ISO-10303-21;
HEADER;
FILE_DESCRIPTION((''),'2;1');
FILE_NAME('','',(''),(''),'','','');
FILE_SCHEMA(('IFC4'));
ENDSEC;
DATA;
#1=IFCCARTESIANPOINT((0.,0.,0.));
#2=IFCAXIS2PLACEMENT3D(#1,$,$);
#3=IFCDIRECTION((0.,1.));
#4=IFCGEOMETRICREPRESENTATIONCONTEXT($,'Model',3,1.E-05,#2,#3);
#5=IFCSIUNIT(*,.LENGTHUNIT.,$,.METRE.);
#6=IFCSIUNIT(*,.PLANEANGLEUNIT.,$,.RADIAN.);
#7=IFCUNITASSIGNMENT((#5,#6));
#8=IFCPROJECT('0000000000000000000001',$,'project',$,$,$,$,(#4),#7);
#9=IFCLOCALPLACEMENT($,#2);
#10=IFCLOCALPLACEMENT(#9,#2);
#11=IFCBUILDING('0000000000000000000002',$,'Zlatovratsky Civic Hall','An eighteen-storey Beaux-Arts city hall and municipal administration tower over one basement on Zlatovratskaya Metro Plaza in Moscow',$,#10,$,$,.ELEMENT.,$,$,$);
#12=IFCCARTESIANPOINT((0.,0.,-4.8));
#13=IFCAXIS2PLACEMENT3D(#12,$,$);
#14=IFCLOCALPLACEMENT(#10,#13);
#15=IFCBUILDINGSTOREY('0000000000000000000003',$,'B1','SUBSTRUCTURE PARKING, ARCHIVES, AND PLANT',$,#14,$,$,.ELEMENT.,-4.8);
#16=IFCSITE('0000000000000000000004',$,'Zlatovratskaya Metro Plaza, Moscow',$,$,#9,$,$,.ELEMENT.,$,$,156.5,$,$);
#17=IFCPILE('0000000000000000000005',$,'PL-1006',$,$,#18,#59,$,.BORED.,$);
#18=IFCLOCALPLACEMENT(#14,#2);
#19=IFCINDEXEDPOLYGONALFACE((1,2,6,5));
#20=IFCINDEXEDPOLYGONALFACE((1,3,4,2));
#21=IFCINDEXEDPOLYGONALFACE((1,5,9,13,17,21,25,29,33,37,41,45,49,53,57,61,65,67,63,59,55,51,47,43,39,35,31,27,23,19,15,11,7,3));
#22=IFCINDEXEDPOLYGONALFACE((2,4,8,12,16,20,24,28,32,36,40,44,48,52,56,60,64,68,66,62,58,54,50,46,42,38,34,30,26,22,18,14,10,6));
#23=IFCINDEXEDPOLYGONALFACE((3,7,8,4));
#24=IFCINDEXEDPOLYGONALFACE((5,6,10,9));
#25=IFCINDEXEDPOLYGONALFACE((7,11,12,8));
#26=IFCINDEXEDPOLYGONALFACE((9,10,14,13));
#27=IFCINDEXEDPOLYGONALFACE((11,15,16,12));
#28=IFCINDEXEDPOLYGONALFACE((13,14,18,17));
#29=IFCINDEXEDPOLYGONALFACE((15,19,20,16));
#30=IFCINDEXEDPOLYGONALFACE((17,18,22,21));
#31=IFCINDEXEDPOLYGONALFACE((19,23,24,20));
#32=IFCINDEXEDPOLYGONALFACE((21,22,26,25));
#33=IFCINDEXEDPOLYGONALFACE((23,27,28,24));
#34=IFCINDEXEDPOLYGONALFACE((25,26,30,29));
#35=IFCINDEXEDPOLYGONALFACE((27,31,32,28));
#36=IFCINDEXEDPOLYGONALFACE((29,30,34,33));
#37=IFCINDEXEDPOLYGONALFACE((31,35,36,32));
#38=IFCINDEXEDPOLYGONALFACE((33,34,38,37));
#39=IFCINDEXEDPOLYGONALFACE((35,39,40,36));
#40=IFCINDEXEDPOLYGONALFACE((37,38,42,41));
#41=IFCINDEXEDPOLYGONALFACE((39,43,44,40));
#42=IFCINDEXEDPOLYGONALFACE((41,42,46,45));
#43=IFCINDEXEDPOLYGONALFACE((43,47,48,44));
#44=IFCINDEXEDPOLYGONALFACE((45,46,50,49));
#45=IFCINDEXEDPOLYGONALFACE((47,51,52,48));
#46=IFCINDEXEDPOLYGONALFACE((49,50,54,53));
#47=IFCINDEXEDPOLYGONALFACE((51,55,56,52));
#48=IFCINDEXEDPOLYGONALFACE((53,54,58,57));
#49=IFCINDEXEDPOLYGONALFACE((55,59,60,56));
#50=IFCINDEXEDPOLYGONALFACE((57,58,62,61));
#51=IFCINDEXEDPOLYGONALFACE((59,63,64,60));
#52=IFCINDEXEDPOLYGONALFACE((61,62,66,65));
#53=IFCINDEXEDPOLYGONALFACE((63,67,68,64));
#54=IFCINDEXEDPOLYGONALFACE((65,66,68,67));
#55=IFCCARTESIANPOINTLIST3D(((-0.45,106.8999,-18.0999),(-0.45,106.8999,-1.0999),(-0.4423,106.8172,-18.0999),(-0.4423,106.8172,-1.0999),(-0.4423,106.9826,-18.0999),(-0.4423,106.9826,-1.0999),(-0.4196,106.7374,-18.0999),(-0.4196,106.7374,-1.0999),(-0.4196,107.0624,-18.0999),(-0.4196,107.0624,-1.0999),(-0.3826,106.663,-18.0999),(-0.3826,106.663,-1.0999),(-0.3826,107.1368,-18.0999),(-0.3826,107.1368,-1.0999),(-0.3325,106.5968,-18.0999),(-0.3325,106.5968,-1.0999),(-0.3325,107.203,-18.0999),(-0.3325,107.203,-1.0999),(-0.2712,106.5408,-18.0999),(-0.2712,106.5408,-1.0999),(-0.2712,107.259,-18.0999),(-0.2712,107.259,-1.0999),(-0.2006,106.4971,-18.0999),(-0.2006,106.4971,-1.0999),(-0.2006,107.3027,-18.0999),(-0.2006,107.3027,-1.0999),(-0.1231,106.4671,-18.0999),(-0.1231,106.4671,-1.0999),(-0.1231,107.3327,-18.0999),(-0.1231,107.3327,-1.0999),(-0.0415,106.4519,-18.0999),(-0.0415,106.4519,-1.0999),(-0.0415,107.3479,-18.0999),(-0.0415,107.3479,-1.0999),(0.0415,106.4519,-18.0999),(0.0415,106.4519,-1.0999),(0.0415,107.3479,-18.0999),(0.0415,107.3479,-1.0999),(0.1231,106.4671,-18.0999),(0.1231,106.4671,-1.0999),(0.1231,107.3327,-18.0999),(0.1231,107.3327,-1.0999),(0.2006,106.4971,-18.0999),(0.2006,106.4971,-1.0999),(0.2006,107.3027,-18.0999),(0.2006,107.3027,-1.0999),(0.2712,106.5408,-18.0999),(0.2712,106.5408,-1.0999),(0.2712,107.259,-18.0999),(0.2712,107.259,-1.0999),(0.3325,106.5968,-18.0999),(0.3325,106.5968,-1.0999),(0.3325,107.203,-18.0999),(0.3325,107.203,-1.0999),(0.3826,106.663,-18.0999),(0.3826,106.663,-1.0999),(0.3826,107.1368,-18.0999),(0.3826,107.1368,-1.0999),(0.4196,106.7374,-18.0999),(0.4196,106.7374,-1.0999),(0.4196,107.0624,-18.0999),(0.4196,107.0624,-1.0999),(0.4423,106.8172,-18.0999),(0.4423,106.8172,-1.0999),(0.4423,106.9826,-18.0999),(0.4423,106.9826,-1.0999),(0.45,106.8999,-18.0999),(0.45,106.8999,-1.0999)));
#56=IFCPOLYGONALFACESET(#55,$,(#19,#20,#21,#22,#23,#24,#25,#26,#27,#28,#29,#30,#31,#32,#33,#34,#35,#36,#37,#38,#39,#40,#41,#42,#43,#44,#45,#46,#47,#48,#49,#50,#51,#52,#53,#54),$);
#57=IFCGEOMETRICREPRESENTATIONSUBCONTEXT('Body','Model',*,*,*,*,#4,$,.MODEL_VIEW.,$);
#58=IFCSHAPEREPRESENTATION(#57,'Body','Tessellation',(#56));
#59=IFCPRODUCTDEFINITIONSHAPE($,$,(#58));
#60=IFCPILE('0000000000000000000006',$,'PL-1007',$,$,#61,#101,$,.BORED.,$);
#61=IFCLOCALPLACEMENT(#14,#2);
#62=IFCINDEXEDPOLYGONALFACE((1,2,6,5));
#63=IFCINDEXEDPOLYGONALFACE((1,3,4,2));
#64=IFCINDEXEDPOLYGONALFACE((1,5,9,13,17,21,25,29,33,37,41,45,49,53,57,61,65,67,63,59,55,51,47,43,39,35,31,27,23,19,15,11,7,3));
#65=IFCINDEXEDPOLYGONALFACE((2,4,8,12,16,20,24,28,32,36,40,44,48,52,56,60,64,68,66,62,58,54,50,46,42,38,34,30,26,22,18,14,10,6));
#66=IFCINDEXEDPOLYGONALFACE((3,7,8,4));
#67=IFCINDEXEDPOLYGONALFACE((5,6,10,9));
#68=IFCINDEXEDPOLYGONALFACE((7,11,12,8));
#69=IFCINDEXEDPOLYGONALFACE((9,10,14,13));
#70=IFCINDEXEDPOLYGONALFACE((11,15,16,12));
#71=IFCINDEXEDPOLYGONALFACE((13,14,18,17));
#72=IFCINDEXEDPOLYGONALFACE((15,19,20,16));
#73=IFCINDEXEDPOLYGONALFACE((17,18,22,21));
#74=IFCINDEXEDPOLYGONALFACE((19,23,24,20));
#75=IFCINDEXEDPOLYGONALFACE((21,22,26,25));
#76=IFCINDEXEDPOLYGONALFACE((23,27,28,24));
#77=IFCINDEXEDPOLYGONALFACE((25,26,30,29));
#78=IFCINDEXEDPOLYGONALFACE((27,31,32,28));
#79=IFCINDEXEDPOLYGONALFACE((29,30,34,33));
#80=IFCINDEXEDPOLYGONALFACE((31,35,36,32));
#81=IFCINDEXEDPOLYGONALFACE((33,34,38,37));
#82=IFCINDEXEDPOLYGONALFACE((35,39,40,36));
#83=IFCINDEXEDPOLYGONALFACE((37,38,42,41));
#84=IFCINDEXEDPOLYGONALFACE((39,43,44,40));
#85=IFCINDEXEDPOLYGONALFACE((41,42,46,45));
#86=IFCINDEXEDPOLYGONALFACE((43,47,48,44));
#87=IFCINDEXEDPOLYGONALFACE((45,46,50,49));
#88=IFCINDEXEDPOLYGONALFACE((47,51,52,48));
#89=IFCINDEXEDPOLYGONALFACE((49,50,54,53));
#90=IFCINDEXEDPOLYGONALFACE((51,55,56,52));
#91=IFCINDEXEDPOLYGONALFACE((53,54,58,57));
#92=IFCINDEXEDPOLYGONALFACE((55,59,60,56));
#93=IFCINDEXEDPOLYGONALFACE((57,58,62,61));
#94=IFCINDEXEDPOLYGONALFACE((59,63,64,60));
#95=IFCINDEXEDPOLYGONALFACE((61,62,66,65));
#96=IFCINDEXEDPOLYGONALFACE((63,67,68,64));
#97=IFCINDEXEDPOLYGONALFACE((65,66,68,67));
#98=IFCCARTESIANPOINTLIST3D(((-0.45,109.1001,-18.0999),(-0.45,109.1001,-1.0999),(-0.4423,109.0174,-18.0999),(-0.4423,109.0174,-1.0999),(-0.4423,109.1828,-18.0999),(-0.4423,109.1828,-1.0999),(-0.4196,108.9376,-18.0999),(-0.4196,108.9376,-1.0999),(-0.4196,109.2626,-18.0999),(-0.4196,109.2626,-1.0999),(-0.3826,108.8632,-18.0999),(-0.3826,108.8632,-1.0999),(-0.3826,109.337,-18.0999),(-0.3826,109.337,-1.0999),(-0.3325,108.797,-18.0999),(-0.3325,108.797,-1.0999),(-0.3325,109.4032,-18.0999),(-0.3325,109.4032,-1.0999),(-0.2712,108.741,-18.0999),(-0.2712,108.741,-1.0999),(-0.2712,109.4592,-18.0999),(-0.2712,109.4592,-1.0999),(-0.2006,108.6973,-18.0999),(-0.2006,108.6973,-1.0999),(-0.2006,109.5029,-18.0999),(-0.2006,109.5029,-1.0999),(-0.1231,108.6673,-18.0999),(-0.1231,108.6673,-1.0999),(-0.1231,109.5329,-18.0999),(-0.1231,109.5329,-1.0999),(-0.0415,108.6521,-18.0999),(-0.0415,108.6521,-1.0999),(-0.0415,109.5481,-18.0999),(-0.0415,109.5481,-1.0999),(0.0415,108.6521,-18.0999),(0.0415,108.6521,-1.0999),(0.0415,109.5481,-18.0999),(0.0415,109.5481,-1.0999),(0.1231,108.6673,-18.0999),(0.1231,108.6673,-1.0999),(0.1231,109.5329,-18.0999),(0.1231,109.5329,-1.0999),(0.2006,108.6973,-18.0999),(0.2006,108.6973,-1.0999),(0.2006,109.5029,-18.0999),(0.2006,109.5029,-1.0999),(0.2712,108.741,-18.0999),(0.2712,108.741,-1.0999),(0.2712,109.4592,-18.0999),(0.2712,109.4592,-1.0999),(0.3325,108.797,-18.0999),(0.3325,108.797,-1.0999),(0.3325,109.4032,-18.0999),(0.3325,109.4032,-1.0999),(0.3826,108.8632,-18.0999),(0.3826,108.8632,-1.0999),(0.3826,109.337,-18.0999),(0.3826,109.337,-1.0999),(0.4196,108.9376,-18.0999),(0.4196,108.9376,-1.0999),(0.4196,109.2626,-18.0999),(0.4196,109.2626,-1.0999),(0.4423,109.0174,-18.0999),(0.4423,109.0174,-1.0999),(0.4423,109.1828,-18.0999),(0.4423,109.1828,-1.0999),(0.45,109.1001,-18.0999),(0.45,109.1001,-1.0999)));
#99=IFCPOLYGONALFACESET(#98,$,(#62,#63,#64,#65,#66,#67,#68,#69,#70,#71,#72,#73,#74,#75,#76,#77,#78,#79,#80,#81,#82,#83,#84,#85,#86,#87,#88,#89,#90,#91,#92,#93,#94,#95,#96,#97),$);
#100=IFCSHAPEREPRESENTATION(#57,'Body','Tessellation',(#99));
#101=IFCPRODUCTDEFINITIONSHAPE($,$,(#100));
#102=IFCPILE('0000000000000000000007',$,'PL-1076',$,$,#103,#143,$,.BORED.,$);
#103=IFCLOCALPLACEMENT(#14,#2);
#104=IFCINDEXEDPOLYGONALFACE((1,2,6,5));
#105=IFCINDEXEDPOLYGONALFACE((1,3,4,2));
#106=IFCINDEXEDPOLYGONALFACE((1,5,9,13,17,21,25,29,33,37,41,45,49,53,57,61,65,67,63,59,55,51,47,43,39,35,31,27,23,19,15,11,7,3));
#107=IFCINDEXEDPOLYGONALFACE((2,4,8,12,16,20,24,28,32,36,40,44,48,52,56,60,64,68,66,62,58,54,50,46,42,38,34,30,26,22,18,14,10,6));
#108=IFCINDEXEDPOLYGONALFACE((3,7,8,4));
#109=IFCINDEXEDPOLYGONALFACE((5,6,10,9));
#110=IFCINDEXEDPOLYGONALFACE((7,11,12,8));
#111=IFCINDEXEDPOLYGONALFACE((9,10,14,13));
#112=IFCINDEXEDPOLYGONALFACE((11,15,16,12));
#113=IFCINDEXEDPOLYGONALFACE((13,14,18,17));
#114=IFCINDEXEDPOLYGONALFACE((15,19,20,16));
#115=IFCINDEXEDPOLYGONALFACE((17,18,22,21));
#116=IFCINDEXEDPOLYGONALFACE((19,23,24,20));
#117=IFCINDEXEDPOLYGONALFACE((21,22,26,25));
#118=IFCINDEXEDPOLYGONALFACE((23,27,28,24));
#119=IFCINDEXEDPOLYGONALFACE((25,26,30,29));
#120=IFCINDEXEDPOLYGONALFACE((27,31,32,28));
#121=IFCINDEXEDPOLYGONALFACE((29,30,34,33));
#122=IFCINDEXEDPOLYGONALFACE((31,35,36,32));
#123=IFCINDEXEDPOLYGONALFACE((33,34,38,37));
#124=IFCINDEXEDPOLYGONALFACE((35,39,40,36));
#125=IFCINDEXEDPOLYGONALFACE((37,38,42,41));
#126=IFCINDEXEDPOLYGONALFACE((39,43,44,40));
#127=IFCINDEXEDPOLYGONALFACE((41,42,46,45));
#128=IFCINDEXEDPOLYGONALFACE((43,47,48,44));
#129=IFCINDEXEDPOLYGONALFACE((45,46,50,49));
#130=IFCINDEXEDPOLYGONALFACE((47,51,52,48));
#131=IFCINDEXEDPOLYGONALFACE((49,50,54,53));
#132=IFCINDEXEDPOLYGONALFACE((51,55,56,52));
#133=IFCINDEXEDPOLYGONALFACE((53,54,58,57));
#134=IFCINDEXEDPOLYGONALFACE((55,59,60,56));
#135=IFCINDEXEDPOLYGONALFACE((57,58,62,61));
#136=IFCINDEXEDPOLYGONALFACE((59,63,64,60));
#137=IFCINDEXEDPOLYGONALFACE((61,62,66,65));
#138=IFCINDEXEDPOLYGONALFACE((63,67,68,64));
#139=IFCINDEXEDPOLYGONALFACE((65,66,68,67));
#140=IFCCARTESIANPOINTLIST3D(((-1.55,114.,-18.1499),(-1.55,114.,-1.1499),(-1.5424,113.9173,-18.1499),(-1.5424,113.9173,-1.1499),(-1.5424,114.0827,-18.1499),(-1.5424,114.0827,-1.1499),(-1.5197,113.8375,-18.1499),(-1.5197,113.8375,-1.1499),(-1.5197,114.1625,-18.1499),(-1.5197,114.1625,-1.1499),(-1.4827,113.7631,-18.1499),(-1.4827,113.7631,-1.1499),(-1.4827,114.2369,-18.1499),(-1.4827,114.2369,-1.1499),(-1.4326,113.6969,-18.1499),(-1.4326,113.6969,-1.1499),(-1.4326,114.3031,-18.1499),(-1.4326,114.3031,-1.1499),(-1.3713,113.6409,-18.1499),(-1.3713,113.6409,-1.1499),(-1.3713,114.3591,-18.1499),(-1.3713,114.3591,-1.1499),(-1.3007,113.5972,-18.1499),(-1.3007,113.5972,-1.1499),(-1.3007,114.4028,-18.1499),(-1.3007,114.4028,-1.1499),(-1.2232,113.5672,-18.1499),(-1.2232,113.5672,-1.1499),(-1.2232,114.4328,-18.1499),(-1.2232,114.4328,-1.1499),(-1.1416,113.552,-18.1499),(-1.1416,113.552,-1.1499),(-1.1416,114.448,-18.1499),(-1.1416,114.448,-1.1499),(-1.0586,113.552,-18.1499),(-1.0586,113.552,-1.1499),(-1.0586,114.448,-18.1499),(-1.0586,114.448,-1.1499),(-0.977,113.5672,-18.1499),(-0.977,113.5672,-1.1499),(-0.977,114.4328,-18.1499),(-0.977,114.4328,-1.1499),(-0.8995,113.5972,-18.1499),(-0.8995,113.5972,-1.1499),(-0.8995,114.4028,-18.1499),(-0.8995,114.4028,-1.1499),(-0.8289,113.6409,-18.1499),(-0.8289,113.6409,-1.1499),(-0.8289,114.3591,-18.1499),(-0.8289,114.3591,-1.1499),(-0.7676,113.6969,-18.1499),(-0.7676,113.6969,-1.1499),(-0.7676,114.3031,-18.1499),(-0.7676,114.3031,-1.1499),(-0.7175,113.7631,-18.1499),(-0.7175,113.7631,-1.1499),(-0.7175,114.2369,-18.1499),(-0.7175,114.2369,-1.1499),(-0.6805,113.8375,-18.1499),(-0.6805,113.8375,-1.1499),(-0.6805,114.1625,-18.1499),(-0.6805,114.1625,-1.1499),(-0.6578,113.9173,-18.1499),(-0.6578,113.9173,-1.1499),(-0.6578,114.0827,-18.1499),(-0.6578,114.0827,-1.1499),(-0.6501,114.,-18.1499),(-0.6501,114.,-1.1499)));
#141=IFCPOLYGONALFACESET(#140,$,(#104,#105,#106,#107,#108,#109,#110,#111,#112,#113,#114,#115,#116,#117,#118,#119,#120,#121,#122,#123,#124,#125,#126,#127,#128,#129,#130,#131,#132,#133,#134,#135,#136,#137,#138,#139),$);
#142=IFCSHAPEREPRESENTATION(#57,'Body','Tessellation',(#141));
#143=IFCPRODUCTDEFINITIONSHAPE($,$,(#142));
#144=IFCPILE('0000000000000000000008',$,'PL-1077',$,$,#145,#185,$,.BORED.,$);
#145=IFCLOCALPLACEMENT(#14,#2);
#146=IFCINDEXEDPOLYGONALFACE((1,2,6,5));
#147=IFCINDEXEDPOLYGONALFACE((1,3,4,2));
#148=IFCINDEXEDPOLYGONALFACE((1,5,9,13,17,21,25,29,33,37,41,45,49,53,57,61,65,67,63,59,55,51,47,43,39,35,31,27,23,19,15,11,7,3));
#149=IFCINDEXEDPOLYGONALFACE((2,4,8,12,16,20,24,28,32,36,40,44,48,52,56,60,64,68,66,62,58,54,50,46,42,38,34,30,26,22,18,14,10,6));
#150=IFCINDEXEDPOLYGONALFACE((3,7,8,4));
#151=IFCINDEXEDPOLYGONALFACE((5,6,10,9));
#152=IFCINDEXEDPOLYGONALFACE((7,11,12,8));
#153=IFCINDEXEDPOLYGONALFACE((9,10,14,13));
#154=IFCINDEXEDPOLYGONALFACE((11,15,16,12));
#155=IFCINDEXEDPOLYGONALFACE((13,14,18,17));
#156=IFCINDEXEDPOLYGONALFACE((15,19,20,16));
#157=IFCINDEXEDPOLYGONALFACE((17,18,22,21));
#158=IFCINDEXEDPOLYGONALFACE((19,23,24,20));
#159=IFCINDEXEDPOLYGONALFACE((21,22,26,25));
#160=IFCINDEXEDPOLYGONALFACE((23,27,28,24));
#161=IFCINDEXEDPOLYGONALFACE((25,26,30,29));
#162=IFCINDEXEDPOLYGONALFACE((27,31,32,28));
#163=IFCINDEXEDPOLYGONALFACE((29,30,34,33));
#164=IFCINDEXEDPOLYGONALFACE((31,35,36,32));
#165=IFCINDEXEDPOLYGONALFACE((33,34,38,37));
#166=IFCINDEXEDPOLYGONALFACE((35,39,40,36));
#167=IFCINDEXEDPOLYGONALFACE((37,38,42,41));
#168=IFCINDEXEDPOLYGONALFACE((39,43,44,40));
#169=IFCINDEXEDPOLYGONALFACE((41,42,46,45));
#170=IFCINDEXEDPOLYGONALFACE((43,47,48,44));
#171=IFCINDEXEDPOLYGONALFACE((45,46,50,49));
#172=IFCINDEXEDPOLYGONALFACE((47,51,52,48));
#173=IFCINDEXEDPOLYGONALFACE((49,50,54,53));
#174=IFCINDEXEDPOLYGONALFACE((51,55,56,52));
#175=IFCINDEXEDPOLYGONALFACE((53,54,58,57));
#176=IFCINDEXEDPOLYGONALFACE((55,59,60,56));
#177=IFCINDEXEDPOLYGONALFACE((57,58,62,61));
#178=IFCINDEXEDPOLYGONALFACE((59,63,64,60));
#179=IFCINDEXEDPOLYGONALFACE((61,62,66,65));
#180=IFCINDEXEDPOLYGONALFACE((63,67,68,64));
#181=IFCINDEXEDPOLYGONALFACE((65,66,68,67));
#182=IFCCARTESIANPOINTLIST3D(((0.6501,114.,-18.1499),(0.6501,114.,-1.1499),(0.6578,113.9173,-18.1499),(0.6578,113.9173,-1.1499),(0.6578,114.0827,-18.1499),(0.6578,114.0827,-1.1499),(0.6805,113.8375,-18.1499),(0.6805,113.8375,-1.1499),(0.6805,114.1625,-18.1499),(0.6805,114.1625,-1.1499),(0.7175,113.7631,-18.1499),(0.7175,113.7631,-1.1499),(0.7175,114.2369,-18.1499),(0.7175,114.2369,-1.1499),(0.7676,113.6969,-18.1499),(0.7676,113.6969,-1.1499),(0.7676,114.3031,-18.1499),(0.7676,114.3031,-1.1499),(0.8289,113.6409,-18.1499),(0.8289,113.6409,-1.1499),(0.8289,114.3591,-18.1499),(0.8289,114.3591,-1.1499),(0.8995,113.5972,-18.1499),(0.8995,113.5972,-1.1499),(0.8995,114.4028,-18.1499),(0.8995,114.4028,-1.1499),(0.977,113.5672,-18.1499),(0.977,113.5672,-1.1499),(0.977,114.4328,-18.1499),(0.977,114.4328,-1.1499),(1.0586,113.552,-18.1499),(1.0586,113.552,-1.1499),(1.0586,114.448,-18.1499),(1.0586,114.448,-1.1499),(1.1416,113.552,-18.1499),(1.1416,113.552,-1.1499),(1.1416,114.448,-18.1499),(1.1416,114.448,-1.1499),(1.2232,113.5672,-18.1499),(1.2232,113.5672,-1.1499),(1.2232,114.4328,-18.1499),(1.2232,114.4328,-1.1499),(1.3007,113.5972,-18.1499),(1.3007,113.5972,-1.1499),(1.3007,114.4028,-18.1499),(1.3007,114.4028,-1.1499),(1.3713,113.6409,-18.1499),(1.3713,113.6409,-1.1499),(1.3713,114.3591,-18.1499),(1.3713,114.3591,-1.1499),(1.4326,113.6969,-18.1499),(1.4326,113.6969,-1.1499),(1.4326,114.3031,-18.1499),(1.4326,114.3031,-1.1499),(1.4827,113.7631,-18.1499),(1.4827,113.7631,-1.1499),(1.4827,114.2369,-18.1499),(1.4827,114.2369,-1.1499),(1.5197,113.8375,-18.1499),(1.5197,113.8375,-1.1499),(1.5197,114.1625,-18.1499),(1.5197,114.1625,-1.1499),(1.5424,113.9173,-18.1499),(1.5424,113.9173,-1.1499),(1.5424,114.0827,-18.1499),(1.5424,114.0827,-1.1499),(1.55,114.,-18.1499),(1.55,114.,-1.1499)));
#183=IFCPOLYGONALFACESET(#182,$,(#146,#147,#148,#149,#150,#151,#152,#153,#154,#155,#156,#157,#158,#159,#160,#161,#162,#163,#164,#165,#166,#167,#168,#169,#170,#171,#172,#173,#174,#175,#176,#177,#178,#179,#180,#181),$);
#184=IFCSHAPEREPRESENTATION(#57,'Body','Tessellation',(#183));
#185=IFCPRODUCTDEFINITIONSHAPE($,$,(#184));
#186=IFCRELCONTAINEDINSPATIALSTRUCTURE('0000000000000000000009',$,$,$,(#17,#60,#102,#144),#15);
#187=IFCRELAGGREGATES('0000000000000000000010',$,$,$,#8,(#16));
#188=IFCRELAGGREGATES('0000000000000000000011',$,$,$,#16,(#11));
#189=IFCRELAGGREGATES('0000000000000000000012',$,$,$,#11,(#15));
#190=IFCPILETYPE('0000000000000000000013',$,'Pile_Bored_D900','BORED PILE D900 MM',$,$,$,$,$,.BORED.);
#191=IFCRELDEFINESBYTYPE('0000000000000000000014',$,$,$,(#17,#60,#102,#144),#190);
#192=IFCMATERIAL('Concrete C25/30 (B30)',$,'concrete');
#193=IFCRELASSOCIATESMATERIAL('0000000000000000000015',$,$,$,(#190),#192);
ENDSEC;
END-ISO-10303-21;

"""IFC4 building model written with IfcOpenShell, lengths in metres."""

from ifc_helpers import new_model, si_unit, direction, frame, origin, origin_2d, place, context, subcontext, project, spatial, circle, extrude, material, material_profile, profile_set, type_object, element, save


model = new_model("IFC4")

# Units and contexts
model_context = context("Model", 3, precision=1e-05, world=origin(), true_north=direction((0.0, 1.0)))
body_context = subcontext(model_context, "Body", "Model", "MODEL_VIEW")
ifc_project = project(units=[si_unit("LENGTHUNIT", "METRE"), si_unit("PLANEANGLEUNIT", "RADIAN")], contexts=[model_context])

# Site, building, storey
site_placement = place(None, origin())
site = spatial("IfcSite", under=ifc_project, at=site_placement, Name="Zlatovratskaya Metro Plaza, Moscow", CompositionType="ELEMENT", RefElevation=156.5)
building_placement = place(site_placement, origin())
building = spatial("IfcBuilding", under=site, at=building_placement, Name="Zlatovratsky Civic Hall", Description="An eighteen-storey Beaux-Arts city hall and municipal administration tower over one basement on Zlatovratskaya Metro Plaza in Moscow", CompositionType="ELEMENT")
storey_placement = place(building_placement, frame((0.0, 0.0, -4.8)))
storey = spatial("IfcBuildingStorey", under=building, at=storey_placement, Name="B1", Description="SUBSTRUCTURE PARKING, ARCHIVES, AND PLANT", CompositionType="ELEMENT", Elevation=-4.8)

# Shared definitions
ifc_material_1 = material(Name="Concrete C25/30 (B30)", Category="concrete")

# Piles
ifc_material_profile_1 = material_profile(ifc_material_1, circle(Radius=0.45, at=origin_2d()), Name="PILE D900")
ifc_profile_set_1 = profile_set([ifc_material_profile_1], Name="Concrete C25/30 (B30)")
pile_type_1 = type_object("IfcPileType", Name="Pile_Bored_D900", Description="BORED PILE D900 MM", PredefinedType="BORED", material=ifc_profile_set_1)
for number, where, z_axis, x_axis, name in (
    (1, (0.0, 106.8999, -1.0999), (0.0, 0.0, -1.0), (1.0, 0.0, 0.0), "PL-1006"),
    (2, (0.0, 109.1001, -1.0999), (0.0, 0.0, -1.0), (1.0, 0.0, 0.0), "PL-1007"),
    (3, (-1.1001, 114.0, -1.1499), (0.0, 0.0, -1.0), (1.0, 0.0, 0.0), "PL-1076"),
    (4, (1.1001, 114.0, -1.1499), (0.0, 0.0, -1.0), (1.0, 0.0, 0.0), "PL-1077"),
):
    element("IfcPile", number, at=place(storey_placement, frame(where, z_axis=z_axis, x_axis=x_axis)), inside=storey, type_object=pile_type_1, Name=name, PredefinedType="BORED", context=body_context, shape_type="SweptSolid", body=[
        extrude(circle(Radius=0.45, at=origin_2d()), origin(), (0.0, 0.0, 1.0), 17.0),
    ])

save(model, "model.ifc")
